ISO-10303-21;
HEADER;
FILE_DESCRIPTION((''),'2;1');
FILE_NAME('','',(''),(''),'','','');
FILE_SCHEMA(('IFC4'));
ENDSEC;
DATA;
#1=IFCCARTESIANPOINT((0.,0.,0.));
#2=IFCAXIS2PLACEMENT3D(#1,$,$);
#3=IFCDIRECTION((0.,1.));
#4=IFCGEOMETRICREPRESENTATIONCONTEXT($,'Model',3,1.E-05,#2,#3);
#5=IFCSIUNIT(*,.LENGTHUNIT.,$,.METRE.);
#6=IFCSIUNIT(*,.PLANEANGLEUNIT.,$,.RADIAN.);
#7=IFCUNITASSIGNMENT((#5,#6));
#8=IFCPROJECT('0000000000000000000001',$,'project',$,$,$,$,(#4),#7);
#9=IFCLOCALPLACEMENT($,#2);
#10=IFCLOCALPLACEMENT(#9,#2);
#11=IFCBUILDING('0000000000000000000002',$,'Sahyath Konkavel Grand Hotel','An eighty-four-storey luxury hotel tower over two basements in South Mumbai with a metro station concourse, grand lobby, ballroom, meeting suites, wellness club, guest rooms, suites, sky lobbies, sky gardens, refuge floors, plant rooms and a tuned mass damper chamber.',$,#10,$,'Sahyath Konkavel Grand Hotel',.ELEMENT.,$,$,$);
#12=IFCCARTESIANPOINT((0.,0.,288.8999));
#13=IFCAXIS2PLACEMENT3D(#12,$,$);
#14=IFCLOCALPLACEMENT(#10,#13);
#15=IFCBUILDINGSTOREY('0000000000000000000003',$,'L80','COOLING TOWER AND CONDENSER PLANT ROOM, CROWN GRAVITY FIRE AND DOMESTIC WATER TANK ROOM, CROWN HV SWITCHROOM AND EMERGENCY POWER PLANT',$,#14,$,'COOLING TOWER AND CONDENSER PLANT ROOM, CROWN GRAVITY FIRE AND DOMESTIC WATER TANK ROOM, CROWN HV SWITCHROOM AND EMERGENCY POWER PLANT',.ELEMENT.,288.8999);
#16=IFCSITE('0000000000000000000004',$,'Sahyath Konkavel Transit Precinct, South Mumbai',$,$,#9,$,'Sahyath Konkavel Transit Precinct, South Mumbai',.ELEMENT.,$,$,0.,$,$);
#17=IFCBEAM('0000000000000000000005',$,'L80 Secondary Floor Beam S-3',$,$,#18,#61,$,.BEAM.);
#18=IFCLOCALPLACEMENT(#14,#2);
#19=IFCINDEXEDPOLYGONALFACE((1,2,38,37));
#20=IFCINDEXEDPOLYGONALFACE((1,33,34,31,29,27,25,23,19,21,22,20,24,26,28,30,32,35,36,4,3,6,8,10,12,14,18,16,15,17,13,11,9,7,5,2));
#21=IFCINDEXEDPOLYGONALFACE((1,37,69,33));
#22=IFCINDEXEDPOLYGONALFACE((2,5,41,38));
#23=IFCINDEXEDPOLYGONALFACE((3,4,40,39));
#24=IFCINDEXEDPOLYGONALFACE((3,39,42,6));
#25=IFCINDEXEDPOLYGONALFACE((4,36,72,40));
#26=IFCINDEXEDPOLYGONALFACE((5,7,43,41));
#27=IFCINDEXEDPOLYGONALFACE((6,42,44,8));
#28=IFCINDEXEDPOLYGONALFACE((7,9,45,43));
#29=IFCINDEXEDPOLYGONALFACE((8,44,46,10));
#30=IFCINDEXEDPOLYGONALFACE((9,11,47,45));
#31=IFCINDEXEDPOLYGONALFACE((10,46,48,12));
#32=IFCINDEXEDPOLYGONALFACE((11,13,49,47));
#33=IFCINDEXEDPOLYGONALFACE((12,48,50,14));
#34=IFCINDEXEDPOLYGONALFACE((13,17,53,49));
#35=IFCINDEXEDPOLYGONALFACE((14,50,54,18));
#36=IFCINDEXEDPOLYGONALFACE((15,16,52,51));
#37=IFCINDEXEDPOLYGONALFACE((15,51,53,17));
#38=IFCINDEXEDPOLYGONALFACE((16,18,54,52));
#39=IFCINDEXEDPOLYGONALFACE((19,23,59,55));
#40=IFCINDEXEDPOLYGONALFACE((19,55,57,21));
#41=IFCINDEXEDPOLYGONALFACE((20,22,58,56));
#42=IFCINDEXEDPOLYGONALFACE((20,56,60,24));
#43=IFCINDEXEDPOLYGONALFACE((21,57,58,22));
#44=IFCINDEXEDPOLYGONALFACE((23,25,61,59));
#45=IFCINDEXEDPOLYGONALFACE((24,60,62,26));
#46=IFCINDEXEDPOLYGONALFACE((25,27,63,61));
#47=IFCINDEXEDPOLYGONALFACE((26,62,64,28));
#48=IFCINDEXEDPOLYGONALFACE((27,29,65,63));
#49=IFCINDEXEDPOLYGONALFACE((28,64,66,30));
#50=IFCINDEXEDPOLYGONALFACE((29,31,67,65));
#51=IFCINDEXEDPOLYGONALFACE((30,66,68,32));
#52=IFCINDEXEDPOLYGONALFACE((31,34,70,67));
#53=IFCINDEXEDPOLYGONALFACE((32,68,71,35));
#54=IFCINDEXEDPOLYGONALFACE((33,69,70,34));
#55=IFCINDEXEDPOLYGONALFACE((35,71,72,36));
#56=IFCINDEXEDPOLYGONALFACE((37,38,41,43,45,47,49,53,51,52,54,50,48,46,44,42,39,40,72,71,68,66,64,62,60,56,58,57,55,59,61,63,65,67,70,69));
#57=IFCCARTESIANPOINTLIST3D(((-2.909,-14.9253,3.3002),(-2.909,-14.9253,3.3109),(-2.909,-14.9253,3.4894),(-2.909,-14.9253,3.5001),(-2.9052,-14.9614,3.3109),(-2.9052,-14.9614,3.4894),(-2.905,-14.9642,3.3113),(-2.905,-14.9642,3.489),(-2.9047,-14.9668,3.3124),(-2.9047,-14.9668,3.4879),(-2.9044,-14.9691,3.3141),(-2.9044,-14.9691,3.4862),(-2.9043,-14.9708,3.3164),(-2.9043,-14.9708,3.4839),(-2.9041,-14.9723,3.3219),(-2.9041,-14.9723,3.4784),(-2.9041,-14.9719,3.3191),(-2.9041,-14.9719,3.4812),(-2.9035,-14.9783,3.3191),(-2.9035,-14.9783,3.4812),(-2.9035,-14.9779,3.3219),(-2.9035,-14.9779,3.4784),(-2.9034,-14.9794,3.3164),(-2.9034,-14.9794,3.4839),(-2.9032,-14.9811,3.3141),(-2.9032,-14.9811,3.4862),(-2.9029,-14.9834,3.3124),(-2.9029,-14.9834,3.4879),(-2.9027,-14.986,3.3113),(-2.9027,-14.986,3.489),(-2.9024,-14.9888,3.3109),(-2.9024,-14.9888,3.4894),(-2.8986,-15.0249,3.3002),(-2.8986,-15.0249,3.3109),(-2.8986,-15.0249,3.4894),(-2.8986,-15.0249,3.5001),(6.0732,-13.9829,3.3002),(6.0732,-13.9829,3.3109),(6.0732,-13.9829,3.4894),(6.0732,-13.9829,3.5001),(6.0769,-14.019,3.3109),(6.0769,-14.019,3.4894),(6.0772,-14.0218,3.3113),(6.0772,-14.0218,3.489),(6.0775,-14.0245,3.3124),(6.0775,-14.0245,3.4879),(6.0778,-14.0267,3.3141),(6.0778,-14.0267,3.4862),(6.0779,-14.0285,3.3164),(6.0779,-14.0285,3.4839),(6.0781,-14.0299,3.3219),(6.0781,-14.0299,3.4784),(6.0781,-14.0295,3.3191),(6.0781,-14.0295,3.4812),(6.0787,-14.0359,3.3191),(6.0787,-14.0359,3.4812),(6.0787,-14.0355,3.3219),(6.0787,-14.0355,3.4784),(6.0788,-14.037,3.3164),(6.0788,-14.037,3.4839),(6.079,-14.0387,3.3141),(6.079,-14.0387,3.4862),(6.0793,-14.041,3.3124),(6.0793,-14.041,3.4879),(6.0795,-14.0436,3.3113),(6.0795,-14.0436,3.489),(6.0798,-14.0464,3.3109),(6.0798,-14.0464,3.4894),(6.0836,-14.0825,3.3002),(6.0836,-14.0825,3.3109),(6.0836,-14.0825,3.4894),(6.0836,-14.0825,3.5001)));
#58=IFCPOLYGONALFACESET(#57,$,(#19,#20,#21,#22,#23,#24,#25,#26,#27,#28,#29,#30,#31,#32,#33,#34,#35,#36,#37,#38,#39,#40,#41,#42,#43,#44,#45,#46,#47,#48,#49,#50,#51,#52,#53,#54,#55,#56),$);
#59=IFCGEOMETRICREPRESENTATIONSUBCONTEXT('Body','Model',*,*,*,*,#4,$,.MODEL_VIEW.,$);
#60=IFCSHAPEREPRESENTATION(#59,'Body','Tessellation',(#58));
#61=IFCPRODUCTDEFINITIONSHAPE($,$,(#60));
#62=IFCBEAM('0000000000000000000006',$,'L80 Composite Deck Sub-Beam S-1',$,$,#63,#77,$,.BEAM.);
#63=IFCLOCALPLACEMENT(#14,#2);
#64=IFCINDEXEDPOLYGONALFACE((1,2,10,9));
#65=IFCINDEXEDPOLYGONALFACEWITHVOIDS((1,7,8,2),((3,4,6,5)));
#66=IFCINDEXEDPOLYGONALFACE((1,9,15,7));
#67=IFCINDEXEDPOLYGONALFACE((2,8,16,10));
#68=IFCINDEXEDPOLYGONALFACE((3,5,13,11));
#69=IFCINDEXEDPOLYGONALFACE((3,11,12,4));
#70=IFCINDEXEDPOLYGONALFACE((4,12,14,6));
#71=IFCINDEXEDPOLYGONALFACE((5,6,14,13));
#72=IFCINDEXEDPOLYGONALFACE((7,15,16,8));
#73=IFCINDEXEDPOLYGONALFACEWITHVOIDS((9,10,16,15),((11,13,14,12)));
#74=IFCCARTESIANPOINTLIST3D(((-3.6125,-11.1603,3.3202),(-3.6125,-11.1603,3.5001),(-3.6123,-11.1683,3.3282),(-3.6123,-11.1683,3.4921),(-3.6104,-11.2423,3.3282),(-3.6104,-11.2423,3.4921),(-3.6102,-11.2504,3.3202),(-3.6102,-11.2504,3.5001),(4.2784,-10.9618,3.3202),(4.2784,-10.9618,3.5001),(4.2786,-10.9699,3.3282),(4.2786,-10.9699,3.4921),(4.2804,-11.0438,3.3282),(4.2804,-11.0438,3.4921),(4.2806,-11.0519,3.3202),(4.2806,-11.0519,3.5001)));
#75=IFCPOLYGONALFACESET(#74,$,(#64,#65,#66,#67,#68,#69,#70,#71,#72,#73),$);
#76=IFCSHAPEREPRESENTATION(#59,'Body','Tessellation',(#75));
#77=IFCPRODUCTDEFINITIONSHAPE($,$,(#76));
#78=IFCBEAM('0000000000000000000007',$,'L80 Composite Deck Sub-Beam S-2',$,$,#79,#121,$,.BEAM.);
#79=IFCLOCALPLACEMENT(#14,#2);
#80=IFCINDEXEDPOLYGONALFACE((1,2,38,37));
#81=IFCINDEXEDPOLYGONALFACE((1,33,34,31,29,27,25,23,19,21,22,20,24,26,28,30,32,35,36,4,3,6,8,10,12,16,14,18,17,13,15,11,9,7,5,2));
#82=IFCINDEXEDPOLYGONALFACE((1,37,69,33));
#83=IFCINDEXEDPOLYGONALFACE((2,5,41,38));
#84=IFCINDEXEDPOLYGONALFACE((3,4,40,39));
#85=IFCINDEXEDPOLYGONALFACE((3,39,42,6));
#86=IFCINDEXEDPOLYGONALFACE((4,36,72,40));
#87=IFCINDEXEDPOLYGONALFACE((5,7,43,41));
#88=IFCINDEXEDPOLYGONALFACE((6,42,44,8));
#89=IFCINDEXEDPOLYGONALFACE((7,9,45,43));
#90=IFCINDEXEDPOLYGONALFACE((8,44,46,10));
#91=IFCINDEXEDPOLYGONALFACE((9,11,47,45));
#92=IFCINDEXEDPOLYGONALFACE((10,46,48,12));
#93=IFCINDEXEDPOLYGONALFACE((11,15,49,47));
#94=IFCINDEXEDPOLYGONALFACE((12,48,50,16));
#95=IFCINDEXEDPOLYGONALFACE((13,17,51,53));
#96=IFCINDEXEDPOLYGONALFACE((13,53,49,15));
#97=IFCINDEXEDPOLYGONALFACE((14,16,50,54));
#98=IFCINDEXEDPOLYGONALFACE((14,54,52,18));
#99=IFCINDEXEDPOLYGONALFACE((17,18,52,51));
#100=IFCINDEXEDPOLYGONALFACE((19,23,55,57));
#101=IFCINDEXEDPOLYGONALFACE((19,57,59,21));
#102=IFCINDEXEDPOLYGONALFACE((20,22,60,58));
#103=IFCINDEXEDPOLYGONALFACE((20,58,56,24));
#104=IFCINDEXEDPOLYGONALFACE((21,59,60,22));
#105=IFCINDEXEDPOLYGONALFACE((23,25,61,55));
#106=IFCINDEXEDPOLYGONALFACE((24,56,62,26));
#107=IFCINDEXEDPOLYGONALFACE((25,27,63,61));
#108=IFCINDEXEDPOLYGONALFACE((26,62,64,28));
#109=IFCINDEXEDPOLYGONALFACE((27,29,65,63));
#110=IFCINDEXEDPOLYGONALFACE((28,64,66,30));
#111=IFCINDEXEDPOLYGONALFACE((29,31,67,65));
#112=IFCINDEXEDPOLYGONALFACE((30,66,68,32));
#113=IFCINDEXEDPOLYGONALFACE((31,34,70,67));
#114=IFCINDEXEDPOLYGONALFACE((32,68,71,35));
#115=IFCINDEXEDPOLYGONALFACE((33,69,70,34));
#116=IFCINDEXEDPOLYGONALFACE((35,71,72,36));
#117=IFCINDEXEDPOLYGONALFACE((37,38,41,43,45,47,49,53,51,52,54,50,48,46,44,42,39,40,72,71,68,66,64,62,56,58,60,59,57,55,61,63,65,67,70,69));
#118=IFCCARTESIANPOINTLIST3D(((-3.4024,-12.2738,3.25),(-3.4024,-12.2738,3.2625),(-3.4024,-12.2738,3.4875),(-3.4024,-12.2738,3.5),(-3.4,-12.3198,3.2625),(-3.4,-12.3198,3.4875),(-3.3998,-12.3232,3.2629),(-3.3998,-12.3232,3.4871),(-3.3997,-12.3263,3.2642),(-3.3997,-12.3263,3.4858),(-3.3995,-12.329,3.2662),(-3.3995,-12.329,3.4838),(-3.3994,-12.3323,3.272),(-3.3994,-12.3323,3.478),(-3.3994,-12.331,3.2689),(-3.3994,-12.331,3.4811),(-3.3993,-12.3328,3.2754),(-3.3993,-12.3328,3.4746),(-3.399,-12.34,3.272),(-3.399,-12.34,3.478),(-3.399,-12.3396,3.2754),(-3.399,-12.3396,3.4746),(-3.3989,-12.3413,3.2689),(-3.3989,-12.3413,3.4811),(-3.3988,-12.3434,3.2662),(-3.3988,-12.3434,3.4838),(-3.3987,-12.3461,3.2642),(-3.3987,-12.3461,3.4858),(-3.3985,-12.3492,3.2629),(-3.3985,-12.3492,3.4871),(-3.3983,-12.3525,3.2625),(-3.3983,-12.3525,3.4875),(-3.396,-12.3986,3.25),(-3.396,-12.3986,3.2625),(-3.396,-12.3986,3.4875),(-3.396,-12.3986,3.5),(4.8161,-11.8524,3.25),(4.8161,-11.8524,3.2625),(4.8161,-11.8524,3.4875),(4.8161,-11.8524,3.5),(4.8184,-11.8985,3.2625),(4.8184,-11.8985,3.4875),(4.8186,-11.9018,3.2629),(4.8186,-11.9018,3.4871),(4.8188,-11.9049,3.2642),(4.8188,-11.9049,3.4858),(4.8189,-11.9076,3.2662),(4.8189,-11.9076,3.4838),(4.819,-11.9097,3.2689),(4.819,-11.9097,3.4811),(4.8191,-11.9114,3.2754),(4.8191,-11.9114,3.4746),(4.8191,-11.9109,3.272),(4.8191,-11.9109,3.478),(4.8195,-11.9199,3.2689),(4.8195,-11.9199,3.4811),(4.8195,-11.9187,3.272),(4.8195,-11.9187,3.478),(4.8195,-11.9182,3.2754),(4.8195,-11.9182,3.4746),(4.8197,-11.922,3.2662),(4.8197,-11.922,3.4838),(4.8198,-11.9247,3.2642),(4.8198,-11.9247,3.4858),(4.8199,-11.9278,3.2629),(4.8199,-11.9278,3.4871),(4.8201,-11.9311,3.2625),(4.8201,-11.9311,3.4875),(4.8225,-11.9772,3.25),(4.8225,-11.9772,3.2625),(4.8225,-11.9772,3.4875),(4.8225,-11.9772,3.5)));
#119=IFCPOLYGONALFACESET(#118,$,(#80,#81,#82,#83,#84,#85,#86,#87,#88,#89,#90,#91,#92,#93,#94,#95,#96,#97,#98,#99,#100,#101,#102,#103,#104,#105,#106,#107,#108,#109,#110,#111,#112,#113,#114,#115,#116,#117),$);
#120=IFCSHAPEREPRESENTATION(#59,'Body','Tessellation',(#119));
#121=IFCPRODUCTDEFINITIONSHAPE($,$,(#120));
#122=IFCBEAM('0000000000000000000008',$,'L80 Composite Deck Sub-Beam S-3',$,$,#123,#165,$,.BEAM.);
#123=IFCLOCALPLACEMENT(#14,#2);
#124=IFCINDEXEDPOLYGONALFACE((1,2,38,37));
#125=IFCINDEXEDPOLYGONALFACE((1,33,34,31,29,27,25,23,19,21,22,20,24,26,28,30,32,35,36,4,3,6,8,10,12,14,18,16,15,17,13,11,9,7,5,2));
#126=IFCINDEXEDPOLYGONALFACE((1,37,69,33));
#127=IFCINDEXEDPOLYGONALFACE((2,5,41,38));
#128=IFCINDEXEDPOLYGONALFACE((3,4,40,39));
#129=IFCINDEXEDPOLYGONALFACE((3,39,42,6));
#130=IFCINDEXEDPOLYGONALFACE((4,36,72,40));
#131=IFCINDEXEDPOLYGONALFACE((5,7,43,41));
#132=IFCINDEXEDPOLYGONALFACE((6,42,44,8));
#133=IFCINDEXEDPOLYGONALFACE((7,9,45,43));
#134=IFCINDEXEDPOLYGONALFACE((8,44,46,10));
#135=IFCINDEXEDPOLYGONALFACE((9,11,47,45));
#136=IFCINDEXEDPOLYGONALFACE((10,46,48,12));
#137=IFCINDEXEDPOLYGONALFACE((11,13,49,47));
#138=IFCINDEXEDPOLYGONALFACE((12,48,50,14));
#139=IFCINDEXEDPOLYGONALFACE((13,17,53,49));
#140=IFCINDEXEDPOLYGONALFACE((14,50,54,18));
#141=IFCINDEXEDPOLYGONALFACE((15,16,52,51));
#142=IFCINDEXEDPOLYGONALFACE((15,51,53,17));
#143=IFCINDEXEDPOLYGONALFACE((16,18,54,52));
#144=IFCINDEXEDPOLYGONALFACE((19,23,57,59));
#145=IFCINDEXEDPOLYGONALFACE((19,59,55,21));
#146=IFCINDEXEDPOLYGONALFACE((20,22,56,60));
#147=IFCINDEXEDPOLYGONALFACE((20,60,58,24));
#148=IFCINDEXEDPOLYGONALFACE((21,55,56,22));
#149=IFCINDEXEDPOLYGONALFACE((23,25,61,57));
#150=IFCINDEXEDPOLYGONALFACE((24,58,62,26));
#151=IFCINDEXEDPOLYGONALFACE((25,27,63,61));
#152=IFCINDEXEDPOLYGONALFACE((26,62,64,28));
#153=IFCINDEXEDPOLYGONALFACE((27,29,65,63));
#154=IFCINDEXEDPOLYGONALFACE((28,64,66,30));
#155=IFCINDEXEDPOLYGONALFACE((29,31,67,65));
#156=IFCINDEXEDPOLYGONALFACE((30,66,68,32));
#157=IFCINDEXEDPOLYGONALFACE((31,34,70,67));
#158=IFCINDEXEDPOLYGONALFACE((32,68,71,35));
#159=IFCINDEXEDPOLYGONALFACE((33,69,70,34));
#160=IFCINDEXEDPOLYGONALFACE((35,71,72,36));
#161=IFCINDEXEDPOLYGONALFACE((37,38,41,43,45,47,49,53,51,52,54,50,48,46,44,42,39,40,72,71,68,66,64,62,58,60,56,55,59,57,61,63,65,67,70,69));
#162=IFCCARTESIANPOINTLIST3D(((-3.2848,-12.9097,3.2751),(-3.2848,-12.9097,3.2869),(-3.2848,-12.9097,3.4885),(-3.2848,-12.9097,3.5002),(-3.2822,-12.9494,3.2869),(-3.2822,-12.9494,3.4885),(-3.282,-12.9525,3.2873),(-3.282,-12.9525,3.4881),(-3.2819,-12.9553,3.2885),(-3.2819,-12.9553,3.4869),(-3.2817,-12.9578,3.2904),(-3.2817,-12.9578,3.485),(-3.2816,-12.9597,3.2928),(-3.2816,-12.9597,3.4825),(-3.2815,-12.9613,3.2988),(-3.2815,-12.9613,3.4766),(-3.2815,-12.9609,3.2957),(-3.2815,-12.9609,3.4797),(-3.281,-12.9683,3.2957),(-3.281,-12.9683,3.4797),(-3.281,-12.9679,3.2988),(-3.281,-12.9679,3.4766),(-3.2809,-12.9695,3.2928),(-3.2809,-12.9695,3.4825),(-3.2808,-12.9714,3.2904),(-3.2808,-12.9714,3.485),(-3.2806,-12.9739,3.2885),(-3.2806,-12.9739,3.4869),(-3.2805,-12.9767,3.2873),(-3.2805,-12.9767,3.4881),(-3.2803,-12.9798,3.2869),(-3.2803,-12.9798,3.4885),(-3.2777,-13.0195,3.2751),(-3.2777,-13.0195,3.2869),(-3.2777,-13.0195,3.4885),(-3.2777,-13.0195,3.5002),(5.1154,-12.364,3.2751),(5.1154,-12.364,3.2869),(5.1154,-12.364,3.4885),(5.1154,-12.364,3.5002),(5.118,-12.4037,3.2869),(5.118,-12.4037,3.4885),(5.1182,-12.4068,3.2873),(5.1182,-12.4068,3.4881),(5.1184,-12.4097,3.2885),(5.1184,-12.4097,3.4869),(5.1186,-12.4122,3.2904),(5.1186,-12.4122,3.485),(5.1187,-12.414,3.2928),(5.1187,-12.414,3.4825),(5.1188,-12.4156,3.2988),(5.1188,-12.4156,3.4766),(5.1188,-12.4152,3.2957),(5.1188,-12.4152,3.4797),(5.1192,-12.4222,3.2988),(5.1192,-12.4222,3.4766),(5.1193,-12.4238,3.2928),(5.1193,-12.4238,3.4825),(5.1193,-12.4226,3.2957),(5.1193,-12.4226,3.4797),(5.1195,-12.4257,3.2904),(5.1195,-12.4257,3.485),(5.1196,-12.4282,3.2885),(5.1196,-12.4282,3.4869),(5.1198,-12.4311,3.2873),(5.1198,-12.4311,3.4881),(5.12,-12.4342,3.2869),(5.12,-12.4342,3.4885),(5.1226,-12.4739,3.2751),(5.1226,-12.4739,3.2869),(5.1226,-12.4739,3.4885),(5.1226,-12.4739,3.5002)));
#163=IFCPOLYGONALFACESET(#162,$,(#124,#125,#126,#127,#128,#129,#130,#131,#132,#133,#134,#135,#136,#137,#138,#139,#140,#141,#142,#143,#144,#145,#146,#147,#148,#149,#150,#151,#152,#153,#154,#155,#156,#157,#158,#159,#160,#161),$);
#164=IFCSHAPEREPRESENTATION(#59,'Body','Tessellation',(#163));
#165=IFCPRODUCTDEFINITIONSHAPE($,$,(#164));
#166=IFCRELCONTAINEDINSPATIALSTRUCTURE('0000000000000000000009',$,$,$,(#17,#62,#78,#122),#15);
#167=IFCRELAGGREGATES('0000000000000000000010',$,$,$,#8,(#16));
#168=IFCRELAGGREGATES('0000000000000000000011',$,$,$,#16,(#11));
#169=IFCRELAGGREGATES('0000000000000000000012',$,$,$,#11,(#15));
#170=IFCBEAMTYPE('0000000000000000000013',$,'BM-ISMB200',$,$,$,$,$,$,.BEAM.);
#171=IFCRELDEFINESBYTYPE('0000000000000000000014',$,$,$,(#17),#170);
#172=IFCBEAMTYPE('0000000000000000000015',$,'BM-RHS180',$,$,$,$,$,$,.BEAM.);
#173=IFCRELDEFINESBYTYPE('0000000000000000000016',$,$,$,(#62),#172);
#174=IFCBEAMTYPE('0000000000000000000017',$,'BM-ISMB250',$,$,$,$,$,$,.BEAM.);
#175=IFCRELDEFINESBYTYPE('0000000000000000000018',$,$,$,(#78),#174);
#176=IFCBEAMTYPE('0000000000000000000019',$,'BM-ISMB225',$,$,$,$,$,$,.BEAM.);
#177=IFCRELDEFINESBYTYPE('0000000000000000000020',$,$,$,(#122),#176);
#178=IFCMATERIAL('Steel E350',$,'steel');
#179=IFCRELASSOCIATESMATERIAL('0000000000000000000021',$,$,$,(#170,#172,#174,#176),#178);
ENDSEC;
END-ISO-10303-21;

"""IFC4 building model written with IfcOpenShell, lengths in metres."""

from ifc_helpers import new_model, si_unit, direction, frame, origin, origin_2d, place, context, subcontext, project, spatial, hollow_rectangle, i_section, extrude, source, transform, mapped, material, material_profile, profile_set, type_object, element, save


model = new_model("IFC4")

# Units and contexts
model_context = context("Model", 3, precision=1e-05, world=origin(), true_north=direction((0.0, 1.0)))
body_context = subcontext(model_context, "Body", "Model", "MODEL_VIEW")
ifc_project = project(units=[si_unit("LENGTHUNIT", "METRE"), si_unit("PLANEANGLEUNIT", "RADIAN")], contexts=[model_context])

# Site, building, storey
site_placement = place(None, origin())
site = spatial("IfcSite", under=ifc_project, at=site_placement, Name="Sahyath Konkavel Transit Precinct, South Mumbai", LongName="Sahyath Konkavel Transit Precinct, South Mumbai", CompositionType="ELEMENT", RefElevation=0.0)
building_placement = place(site_placement, origin())
building = spatial("IfcBuilding", under=site, at=building_placement, Name="Sahyath Konkavel Grand Hotel", Description="An eighty-four-storey luxury hotel tower over two basements in South Mumbai with a metro station concourse, grand lobby, ballroom, meeting suites, wellness club, guest rooms, suites, sky lobbies, sky gardens, refuge floors, plant rooms and a tuned mass damper chamber.", LongName="Sahyath Konkavel Grand Hotel", CompositionType="ELEMENT")
storey_placement = place(building_placement, frame((0.0, 0.0, 288.8999)))
storey = spatial("IfcBuildingStorey", under=building, at=storey_placement, Name="L80", Description="COOLING TOWER AND CONDENSER PLANT ROOM, CROWN GRAVITY FIRE AND DOMESTIC WATER TANK ROOM, CROWN HV SWITCHROOM AND EMERGENCY POWER PLANT", LongName="COOLING TOWER AND CONDENSER PLANT ROOM, CROWN GRAVITY FIRE AND DOMESTIC WATER TANK ROOM, CROWN HV SWITCHROOM AND EMERGENCY POWER PLANT", CompositionType="ELEMENT", Elevation=288.8999)

# Beams
ifc_material_1 = material(Name="Steel E350", Category="steel")
ifc_material_profile_1 = material_profile(ifc_material_1, i_section(OverallWidth=0.1001, OverallDepth=0.2, WebThickness=0.0056, FlangeThickness=0.0107, FilletRadius=0.011, at=origin_2d()), Name="ISMB 200")
ifc_profile_set_1 = profile_set([ifc_material_profile_1], Name="Steel E350")
beam_type_1 = type_object("IfcBeamType", Name="BM-ISMB200", PredefinedType="BEAM", material=ifc_profile_set_1)
shared_shape_1 = source(origin(), body_context, "Body", "SweptSolid", [
    extrude(i_section(OverallWidth=0.1001, OverallDepth=0.2, WebThickness=0.0056, FlangeThickness=0.0107, FilletRadius=0.011, at=origin_2d()), origin(), (0.0, 0.0, 1.0), 9.0315),
])
beam_1_placement = place(storey_placement, frame((-2.9038, -14.9751, 3.4001), z_axis=(0.994541, 0.104344, 0.0), x_axis=(-0.104344, 0.994541, 0.0)))
element("IfcBeam", 1, at=beam_1_placement, inside=storey, type_object=beam_type_1, Name="L80 Secondary Floor Beam S-3", PredefinedType="BEAM", context=body_context, shape_type="MappedRepresentation", body=[
    mapped(shared_shape_1, transform((0.0, 0.0, 0.0), scale=1.0)),
])
ifc_material_profile_2 = material_profile(ifc_material_1, hollow_rectangle(XDim=0.0901, YDim=0.1799, WallThickness=0.0081, at=origin_2d()), Name="RHS 180x90x8")
ifc_profile_set_2 = profile_set([ifc_material_profile_2], Name="Steel E350")
beam_type_2 = type_object("IfcBeamType", Name="BM-RHS180", PredefinedType="BEAM", material=ifc_profile_set_2)
shared_shape_2 = source(origin(), body_context, "Body", "SweptSolid", [
    extrude(hollow_rectangle(XDim=0.0901, YDim=0.1799, WallThickness=0.0081, at=origin_2d()), origin(), (0.0, 0.0, 1.0), 7.8933),
])
beam_2_placement = place(storey_placement, frame((-3.6113, -11.2053, 3.4102), z_axis=(0.999684, 0.025146, 0.0), x_axis=(-0.025146, 0.999684, 0.0)))
element("IfcBeam", 2, at=beam_2_placement, inside=storey, type_object=beam_type_2, Name="L80 Composite Deck Sub-Beam S-1", PredefinedType="BEAM", context=body_context, shape_type="MappedRepresentation", body=[
    mapped(shared_shape_2, transform((0.0, 0.0, 0.0), scale=1.0)),
])
ifc_material_profile_3 = material_profile(ifc_material_1, i_section(OverallWidth=0.125, OverallDepth=0.25, WebThickness=0.0068, FlangeThickness=0.0125, FilletRadius=0.0129, at=origin_2d()), Name="ISMB 250")
ifc_profile_set_3 = profile_set([ifc_material_profile_3], Name="Steel E350")
beam_type_3 = type_object("IfcBeamType", Name="BM-ISMB250", PredefinedType="BEAM", material=ifc_profile_set_3)
shared_shape_3 = source(origin(), body_context, "Body", "SweptSolid", [
    extrude(i_section(OverallWidth=0.125, OverallDepth=0.25, WebThickness=0.0068, FlangeThickness=0.0125, FilletRadius=0.0129, at=origin_2d()), origin(), (0.0, 0.0, 1.0), 8.2292),
])
beam_3_placement = place(storey_placement, frame((-3.3992, -12.3362, 3.375), z_axis=(0.998688, 0.051206, 0.0), x_axis=(-0.051206, 0.998688, 0.0)))
element("IfcBeam", 3, at=beam_3_placement, inside=storey, type_object=beam_type_3, Name="L80 Composite Deck Sub-Beam S-2", PredefinedType="BEAM", context=body_context, shape_type="MappedRepresentation", body=[
    mapped(shared_shape_3, transform((0.0, 0.0, 0.0), scale=1.0)),
])
ifc_material_profile_4 = material_profile(ifc_material_1, i_section(OverallWidth=0.1101, OverallDepth=0.2251, WebThickness=0.0066, FlangeThickness=0.0117, FilletRadius=0.012, at=origin_2d()), Name="ISMB 225")
ifc_profile_set_4 = profile_set([ifc_material_profile_4], Name="Steel E350")
beam_type_4 = type_object("IfcBeamType", Name="BM-ISMB225", PredefinedType="BEAM", material=ifc_profile_set_4)
shared_shape_4 = source(origin(), body_context, "Body", "SweptSolid", [
    extrude(i_section(OverallWidth=0.1101, OverallDepth=0.2251, WebThickness=0.0066, FlangeThickness=0.0117, FilletRadius=0.012, at=origin_2d()), origin(), (0.0, 0.0, 1.0), 8.418),
])
beam_4_placement = place(storey_placement, frame((-3.2812, -12.9646, 3.3877), z_axis=(0.997897, 0.064821, 0.0), x_axis=(-0.064821, 0.997897, 0.0)))
element("IfcBeam", 4, at=beam_4_placement, inside=storey, type_object=beam_type_4, Name="L80 Composite Deck Sub-Beam S-3", PredefinedType="BEAM", context=body_context, shape_type="MappedRepresentation", body=[
    mapped(shared_shape_4, transform((0.0, 0.0, 0.0), scale=1.0)),
])

save(model, "model.ifc")
